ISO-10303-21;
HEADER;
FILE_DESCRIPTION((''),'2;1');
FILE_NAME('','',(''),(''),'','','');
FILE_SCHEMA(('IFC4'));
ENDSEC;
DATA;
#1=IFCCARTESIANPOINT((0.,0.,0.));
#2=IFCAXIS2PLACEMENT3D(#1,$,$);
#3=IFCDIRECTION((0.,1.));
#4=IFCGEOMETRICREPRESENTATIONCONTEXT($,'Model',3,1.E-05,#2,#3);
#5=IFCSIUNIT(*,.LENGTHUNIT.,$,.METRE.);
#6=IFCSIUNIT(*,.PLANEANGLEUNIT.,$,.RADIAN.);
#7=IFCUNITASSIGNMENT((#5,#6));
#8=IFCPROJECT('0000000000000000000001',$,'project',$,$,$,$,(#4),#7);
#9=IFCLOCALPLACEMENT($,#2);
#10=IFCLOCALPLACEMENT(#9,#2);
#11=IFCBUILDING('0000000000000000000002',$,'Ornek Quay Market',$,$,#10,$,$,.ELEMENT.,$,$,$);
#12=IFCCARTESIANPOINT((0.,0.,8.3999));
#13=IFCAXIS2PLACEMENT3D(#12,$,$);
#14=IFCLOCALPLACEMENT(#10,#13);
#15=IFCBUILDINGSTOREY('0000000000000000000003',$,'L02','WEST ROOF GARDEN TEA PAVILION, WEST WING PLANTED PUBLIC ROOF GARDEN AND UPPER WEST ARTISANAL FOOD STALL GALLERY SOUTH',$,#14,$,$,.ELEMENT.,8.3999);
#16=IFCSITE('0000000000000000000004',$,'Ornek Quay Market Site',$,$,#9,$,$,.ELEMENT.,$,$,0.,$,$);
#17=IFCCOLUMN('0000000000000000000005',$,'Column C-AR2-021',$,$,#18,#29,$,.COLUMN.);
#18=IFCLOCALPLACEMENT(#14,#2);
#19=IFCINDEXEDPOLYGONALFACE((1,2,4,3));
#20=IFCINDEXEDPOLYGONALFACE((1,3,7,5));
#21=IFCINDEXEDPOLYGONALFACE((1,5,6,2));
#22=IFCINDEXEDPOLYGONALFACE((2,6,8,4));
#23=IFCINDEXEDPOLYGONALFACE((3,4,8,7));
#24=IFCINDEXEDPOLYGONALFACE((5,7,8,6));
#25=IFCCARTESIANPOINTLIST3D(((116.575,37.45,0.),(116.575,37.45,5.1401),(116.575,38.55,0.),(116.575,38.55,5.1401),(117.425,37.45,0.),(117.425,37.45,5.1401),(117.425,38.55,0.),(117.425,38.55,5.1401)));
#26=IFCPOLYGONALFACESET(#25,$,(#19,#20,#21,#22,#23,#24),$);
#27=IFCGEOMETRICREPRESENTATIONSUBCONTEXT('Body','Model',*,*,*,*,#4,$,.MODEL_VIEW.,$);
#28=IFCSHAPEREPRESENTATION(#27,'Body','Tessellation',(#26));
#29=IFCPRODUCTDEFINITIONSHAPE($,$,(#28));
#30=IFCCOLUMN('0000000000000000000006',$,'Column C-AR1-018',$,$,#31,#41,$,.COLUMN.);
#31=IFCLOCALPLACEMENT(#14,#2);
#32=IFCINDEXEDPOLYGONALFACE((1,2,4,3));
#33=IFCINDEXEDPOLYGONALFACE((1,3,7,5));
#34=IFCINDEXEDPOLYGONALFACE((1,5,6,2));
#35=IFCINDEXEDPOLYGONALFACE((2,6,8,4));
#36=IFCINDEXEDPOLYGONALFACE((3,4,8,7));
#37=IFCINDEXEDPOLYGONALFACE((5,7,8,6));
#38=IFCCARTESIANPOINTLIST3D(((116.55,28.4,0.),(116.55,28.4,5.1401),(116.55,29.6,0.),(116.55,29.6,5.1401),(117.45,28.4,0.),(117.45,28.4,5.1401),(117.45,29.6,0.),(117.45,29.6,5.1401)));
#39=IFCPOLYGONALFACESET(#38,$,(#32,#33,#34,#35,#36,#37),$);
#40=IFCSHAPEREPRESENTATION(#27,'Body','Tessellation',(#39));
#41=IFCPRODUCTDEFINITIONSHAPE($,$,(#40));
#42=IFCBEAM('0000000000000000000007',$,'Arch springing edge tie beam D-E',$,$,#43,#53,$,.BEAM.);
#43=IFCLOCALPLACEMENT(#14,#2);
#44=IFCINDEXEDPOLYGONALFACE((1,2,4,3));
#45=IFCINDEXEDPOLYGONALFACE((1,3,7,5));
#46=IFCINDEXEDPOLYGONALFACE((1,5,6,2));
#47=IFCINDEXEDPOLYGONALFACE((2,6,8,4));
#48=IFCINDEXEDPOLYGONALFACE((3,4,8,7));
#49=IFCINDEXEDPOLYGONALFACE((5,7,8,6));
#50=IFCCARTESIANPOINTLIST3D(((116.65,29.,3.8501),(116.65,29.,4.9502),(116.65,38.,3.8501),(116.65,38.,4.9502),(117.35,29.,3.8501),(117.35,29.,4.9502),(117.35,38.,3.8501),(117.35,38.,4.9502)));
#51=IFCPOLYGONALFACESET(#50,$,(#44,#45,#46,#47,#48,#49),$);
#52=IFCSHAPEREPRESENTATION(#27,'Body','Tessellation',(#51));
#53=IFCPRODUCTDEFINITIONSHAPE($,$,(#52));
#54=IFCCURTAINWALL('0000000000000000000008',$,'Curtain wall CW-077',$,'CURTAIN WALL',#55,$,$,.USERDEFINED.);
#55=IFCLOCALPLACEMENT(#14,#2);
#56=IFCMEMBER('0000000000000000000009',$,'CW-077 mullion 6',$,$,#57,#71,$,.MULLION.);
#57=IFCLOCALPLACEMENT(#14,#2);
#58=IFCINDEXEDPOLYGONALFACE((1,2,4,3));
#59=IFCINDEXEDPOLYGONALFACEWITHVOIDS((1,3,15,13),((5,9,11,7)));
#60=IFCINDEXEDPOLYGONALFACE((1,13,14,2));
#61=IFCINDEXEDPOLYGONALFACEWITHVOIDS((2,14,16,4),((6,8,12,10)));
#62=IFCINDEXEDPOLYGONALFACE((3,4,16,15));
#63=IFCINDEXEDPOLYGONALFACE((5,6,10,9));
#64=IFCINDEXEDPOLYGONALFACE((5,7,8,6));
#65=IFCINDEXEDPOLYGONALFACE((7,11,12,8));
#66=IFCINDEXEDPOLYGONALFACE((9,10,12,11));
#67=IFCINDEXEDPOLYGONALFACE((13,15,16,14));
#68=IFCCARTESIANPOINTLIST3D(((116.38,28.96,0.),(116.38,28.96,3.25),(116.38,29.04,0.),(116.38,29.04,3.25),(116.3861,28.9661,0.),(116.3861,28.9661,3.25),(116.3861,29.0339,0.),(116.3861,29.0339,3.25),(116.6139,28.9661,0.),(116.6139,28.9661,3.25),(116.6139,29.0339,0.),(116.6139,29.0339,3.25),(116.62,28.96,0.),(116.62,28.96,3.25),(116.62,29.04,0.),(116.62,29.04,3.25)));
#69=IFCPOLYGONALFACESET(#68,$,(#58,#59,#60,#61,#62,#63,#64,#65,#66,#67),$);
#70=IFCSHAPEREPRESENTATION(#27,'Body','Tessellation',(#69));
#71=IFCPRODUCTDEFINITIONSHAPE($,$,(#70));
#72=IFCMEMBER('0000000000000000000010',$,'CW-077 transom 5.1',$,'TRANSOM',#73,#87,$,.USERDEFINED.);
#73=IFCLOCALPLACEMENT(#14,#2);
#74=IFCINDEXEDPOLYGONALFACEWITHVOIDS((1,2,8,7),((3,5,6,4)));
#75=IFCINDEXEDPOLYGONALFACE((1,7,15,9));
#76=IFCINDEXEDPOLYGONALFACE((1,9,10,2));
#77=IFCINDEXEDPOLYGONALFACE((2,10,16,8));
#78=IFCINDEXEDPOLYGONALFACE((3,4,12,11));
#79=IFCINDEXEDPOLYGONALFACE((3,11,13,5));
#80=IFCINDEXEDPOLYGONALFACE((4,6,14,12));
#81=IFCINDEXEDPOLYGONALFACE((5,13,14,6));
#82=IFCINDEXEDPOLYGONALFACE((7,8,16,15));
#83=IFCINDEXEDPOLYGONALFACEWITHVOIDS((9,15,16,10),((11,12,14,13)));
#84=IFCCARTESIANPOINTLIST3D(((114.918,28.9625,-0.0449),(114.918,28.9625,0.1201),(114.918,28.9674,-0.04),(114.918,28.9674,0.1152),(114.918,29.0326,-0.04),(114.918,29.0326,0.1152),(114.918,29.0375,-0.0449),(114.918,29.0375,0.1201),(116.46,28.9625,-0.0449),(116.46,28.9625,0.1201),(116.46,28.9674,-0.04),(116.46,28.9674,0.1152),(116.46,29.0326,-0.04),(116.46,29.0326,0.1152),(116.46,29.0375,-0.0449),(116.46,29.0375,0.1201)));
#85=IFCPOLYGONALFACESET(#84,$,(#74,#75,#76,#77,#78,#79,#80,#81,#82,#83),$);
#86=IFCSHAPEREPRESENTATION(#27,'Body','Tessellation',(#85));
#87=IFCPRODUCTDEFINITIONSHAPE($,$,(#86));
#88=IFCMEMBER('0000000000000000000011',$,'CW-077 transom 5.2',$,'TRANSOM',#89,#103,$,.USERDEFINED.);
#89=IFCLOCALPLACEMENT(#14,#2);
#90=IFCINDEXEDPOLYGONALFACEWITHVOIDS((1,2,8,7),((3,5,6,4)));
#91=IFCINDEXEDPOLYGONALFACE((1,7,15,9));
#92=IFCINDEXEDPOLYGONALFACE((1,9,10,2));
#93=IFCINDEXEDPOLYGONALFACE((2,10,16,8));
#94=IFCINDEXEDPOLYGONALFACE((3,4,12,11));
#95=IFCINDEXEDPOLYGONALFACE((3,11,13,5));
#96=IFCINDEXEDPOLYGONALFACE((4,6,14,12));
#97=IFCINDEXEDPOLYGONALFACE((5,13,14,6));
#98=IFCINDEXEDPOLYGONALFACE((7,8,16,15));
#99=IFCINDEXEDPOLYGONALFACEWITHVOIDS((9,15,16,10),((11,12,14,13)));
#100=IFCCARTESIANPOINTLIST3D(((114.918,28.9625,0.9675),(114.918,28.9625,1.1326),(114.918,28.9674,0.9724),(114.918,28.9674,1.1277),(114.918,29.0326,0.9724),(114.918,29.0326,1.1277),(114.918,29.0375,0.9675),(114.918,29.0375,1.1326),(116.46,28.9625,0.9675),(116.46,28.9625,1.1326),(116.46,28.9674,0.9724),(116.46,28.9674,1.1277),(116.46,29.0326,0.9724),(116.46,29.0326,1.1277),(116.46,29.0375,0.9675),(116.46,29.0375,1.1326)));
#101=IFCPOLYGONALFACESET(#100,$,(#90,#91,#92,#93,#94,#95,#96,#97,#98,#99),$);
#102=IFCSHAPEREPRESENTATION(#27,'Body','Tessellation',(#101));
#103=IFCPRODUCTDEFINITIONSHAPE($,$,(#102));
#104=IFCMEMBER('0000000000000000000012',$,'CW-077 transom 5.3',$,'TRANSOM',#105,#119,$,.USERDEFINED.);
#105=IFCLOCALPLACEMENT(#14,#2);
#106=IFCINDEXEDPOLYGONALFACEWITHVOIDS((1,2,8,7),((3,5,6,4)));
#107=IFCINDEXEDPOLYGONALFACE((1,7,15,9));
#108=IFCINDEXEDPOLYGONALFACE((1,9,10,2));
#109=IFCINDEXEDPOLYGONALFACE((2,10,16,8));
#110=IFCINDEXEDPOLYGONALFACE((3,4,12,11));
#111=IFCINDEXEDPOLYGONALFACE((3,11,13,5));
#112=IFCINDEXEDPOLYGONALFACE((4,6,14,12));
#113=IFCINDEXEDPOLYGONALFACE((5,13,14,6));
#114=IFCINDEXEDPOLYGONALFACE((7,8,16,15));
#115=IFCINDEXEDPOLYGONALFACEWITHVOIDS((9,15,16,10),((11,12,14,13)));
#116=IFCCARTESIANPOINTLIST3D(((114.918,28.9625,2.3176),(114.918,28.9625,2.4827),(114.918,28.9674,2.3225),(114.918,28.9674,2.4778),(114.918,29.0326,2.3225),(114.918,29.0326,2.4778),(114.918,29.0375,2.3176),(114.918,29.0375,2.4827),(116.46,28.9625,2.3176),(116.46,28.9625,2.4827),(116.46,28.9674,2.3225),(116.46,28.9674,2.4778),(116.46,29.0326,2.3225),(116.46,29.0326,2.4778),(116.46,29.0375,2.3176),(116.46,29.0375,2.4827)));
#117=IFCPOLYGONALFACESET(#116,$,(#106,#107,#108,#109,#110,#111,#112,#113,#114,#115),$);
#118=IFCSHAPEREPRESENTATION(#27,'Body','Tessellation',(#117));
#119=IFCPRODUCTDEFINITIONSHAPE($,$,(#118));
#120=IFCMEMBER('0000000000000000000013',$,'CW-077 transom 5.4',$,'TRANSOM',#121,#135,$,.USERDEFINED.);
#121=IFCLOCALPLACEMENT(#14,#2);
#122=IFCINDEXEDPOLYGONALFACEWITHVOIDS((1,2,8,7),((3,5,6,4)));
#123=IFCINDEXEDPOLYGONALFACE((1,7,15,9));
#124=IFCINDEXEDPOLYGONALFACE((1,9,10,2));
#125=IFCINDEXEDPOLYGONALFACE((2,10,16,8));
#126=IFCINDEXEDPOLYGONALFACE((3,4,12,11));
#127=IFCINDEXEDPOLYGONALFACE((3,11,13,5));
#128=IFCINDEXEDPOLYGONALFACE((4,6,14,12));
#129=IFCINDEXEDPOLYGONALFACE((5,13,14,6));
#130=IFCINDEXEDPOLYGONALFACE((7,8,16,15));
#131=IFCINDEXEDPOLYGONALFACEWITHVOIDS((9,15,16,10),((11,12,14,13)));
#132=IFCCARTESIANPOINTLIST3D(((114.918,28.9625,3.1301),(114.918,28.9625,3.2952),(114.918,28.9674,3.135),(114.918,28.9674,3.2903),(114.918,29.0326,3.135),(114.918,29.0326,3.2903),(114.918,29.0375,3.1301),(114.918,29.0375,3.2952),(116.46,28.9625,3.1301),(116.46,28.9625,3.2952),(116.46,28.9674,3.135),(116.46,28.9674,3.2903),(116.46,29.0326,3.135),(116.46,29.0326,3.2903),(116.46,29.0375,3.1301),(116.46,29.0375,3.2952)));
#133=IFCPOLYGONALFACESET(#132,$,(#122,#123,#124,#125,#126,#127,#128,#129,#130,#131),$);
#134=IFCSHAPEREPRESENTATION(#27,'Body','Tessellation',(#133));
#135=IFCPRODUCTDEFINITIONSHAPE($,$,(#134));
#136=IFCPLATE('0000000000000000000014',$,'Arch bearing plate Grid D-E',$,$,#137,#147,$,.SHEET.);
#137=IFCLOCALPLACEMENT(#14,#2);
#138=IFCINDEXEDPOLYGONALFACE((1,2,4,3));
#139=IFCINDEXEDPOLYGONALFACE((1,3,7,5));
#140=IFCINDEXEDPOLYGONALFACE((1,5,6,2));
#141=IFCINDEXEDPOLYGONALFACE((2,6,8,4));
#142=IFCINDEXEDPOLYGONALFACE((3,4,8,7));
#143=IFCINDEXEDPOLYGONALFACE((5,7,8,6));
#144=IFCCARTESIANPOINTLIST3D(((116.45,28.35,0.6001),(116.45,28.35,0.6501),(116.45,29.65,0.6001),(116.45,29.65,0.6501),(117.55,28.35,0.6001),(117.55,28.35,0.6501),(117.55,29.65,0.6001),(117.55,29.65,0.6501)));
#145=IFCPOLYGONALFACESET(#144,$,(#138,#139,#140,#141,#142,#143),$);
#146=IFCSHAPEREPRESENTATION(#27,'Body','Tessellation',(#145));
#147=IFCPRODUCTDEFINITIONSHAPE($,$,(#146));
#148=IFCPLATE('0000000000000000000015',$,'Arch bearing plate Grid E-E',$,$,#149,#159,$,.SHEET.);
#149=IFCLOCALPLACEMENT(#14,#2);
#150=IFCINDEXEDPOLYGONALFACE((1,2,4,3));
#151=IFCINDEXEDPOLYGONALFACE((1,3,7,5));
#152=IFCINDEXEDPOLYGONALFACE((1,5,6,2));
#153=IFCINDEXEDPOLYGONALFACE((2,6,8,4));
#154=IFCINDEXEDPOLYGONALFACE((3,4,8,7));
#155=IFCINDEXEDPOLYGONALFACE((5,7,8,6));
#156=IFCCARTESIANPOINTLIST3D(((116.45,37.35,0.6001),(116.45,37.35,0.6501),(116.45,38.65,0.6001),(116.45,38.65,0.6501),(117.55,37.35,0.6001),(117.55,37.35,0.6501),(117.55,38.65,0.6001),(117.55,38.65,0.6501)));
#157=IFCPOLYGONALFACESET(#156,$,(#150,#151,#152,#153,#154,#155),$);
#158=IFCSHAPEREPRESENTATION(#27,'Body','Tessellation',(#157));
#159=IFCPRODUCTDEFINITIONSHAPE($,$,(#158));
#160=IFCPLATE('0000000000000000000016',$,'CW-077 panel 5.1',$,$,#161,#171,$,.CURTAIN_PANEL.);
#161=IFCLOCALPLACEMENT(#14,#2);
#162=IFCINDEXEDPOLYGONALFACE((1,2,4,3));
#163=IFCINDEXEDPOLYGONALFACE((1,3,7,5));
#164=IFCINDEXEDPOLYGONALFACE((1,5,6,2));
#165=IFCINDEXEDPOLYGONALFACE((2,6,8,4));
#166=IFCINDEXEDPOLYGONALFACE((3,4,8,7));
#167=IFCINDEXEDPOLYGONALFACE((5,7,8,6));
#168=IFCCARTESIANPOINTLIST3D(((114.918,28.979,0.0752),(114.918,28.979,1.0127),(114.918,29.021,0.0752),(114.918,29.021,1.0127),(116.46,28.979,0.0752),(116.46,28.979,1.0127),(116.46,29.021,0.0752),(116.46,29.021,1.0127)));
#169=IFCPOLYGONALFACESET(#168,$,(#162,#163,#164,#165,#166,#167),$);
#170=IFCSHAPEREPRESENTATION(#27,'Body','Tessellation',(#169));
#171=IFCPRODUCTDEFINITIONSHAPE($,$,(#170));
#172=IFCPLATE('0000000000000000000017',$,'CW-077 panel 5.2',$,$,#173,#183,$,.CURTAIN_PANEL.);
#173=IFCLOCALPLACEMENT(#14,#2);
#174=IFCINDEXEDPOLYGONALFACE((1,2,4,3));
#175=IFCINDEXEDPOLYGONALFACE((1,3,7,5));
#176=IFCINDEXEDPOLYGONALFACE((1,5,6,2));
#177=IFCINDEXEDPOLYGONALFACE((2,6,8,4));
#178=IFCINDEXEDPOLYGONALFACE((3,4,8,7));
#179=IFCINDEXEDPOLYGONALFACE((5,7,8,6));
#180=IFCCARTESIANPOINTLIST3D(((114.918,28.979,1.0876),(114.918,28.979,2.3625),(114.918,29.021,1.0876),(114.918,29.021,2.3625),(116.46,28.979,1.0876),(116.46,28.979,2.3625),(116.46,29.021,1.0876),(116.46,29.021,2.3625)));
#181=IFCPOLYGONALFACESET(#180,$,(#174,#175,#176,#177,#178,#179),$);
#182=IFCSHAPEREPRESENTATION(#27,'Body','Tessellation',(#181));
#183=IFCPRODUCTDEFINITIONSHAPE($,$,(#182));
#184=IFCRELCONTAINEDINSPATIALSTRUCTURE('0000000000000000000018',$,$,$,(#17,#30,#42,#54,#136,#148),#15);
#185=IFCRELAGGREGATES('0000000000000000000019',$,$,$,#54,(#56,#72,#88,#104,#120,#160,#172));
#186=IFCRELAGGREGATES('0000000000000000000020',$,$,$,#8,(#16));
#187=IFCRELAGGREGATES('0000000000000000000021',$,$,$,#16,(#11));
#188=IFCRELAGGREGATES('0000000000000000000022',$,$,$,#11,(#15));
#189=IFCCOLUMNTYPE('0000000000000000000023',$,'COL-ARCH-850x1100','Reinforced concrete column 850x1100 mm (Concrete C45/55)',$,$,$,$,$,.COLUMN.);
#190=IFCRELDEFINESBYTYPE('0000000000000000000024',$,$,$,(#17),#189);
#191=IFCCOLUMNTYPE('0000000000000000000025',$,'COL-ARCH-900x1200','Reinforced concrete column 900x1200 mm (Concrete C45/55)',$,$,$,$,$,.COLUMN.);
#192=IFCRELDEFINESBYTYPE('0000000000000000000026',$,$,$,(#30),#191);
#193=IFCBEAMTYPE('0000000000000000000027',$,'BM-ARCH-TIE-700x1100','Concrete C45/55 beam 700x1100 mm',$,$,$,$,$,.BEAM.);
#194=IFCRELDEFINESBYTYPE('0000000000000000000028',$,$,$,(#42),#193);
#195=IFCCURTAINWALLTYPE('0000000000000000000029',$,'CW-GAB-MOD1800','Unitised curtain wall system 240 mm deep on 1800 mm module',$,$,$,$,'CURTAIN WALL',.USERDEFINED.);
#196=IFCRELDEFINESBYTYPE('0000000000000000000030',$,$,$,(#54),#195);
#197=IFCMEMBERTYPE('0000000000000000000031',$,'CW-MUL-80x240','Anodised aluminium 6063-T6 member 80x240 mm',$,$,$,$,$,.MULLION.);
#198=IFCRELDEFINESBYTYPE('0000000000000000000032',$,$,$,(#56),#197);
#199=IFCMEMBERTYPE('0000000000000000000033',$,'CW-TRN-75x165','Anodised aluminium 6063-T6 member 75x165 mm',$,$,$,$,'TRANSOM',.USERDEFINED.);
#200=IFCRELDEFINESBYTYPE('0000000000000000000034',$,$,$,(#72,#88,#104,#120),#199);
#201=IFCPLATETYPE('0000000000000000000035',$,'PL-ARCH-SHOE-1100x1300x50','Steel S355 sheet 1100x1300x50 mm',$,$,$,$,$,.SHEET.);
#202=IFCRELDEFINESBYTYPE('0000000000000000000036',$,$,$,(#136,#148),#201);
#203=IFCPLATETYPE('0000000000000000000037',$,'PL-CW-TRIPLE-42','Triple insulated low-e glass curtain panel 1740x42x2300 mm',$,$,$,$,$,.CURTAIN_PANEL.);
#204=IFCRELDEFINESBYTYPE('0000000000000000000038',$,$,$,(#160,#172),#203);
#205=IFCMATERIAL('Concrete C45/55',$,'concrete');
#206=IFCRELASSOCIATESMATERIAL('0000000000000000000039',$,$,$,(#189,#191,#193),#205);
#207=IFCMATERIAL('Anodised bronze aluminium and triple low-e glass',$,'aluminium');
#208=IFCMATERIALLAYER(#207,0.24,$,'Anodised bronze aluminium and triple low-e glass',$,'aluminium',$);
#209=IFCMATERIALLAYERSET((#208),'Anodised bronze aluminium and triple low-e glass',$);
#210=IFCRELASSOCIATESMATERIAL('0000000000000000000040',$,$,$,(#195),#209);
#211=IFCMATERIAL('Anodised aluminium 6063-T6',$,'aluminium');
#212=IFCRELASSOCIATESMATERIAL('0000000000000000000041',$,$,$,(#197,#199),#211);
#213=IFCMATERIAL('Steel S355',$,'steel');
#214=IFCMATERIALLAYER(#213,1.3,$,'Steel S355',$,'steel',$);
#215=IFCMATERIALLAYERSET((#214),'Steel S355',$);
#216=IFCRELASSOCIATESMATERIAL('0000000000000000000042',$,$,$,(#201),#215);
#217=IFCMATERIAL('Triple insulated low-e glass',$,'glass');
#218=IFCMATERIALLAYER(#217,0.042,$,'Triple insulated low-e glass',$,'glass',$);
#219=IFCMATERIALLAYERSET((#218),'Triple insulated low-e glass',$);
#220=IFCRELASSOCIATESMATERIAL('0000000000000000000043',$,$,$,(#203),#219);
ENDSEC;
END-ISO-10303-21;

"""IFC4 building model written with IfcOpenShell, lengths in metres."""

from ifc_helpers import new_model, si_unit, direction, frame, origin, origin_2d, place, context, subcontext, project, spatial, rectangle, hollow_rectangle, extrude, material, layer, layer_set, material_profile, profile_set, type_object, element, aggregate, save


model = new_model("IFC4")

# Units and contexts
model_context = context("Model", 3, precision=1e-05, world=origin(), true_north=direction((0.0, 1.0)))
body_context = subcontext(model_context, "Body", "Model", "MODEL_VIEW")
ifc_project = project(units=[si_unit("LENGTHUNIT", "METRE"), si_unit("PLANEANGLEUNIT", "RADIAN")], contexts=[model_context])

# Site, building, storey
site_placement = place(None, origin())
site = spatial("IfcSite", under=ifc_project, at=site_placement, Name="Ornek Quay Market Site", CompositionType="ELEMENT", RefElevation=0.0)
building_placement = place(site_placement, origin())
building = spatial("IfcBuilding", under=site, at=building_placement, Name="Ornek Quay Market", CompositionType="ELEMENT")
storey_placement = place(building_placement, frame((0.0, 0.0, 8.3999)))
storey = spatial("IfcBuildingStorey", under=building, at=storey_placement, Name="L02", Description="WEST ROOF GARDEN TEA PAVILION, WEST WING PLANTED PUBLIC ROOF GARDEN AND UPPER WEST ARTISANAL FOOD STALL GALLERY SOUTH", CompositionType="ELEMENT", Elevation=8.3999)

# Columns
ifc_material_1 = material(Name="Concrete C45/55", Category="concrete")
ifc_material_profile_1 = material_profile(ifc_material_1, rectangle(XDim=0.8501, YDim=1.1001, at=origin_2d()), Name="RC 850x1100", Category="concrete")
ifc_profile_set_1 = profile_set([ifc_material_profile_1], Name="Concrete C45/55")
column_type_1 = type_object("IfcColumnType", Name="COL-ARCH-850x1100", Description="Reinforced concrete column 850x1100 mm (Concrete C45/55)", PredefinedType="COLUMN", material=ifc_profile_set_1)
column_1_placement = place(storey_placement, frame((117.0, 38.0, 0.0), z_axis=(0.0, 0.0, 1.0), x_axis=(1.0, 0.0, 0.0)))
element("IfcColumn", 1, at=column_1_placement, inside=storey, type_object=column_type_1, Name="Column C-AR2-021", PredefinedType="COLUMN", context=body_context, shape_type="SweptSolid", body=[
    extrude(rectangle(XDim=0.8501, YDim=1.1001, at=origin_2d()), origin(), (0.0, 0.0, 1.0), 5.1401),
])
ifc_material_profile_2 = material_profile(ifc_material_1, rectangle(XDim=0.8999, YDim=1.2, at=origin_2d()), Name="RC 900x1200", Category="concrete")
ifc_profile_set_2 = profile_set([ifc_material_profile_2], Name="Concrete C45/55")
column_type_2 = type_object("IfcColumnType", Name="COL-ARCH-900x1200", Description="Reinforced concrete column 900x1200 mm (Concrete C45/55)", PredefinedType="COLUMN", material=ifc_profile_set_2)
column_2_placement = place(storey_placement, frame((117.0, 29.0, 0.0), z_axis=(0.0, 0.0, 1.0), x_axis=(1.0, 0.0, 0.0)))
element("IfcColumn", 2, at=column_2_placement, inside=storey, type_object=column_type_2, Name="Column C-AR1-018", PredefinedType="COLUMN", context=body_context, shape_type="SweptSolid", body=[
    extrude(rectangle(XDim=0.8999, YDim=1.2, at=origin_2d()), origin(), (0.0, 0.0, 1.0), 5.1401),
])

# Beam
ifc_material_profile_3 = material_profile(ifc_material_1, rectangle(XDim=0.7, YDim=1.1001, at=origin_2d()), Name="RC 700x1100", Category="concrete")
ifc_profile_set_3 = profile_set([ifc_material_profile_3], Name="Concrete C45/55")
beam_type = type_object("IfcBeamType", Name="BM-ARCH-TIE-700x1100", Description="Concrete C45/55 beam 700x1100 mm", PredefinedType="BEAM", material=ifc_profile_set_3)
beam_placement = place(storey_placement, frame((117.0, 29.0, 4.4001), z_axis=(0.0, 1.0, 0.0), x_axis=(-1.0, 0.0, 0.0)))
element("IfcBeam", 3, at=beam_placement, inside=storey, type_object=beam_type, Name="Arch springing edge tie beam D-E", PredefinedType="BEAM", context=body_context, shape_type="SweptSolid", body=[
    extrude(rectangle(XDim=0.7, YDim=1.1001, at=origin_2d()), origin(), (0.0, 0.0, 1.0), 9.0),
])

# Curtain wall, members
ifc_material_2 = material(Name="Anodised bronze aluminium and triple low-e glass", Category="aluminium")
ifc_layer_1 = layer(ifc_material_2, 0.24, Name="Anodised bronze aluminium and triple low-e glass", Category="aluminium")
ifc_layer_set_1 = layer_set([ifc_layer_1], Name="Anodised bronze aluminium and triple low-e glass")
curtain_wall_type = type_object("IfcCurtainWallType", Name="CW-GAB-MOD1800", Description="Unitised curtain wall system 240 mm deep on 1800 mm module", ElementType="CURTAIN WALL", PredefinedType="USERDEFINED", material=ifc_layer_set_1)
curtain_wall_placement = place(storey_placement, origin())
curtain_wall = element("IfcCurtainWall", 4, at=curtain_wall_placement, inside=storey, type_object=curtain_wall_type, Name="Curtain wall CW-077", ObjectType="CURTAIN WALL", PredefinedType="USERDEFINED")
ifc_material_3 = material(Name="Anodised aluminium 6063-T6", Category="aluminium")
ifc_material_profile_4 = material_profile(ifc_material_3, hollow_rectangle(XDim=0.0801, YDim=0.24, WallThickness=0.0061, at=origin_2d()), Name="CW-MUL-80x240", Category="aluminium")
ifc_profile_set_4 = profile_set([ifc_material_profile_4], Name="Anodised aluminium 6063-T6")
member_type_1 = type_object("IfcMemberType", Name="CW-MUL-80x240", Description="Anodised aluminium 6063-T6 member 80x240 mm", PredefinedType="MULLION", material=ifc_profile_set_4)
member_1_placement = place(storey_placement, frame((116.5, 29.0, 0.0), z_axis=(0.0, 0.0, 1.0), x_axis=(0.0, 1.0, 0.0)))
member_1 = element("IfcMember", 5, at=member_1_placement, type_object=member_type_1, Name="CW-077 mullion 6", PredefinedType="MULLION", context=body_context, shape_type="SweptSolid", body=[
    extrude(hollow_rectangle(XDim=0.0801, YDim=0.24, WallThickness=0.0061, at=origin_2d()), origin(), (0.0, 0.0, 1.0), 3.25),
])
ifc_material_profile_5 = material_profile(ifc_material_3, hollow_rectangle(XDim=0.075, YDim=0.165, WallThickness=0.0049, at=origin_2d()), Name="CW-TRN-75x165", Category="aluminium")
ifc_profile_set_5 = profile_set([ifc_material_profile_5], Name="Anodised aluminium 6063-T6")
member_type_2 = type_object("IfcMemberType", Name="CW-TRN-75x165", Description="Anodised aluminium 6063-T6 member 75x165 mm", ElementType="TRANSOM", PredefinedType="USERDEFINED", material=ifc_profile_set_5)
member_2_placement = place(storey_placement, frame((114.918, 29.0, 0.0376), z_axis=(1.0, 0.0, 0.0), x_axis=(0.0, 1.0, 0.0)))
member_2 = element("IfcMember", 6, at=member_2_placement, type_object=member_type_2, Name="CW-077 transom 5.1", ObjectType="TRANSOM", PredefinedType="USERDEFINED", context=body_context, shape_type="SweptSolid", body=[
    extrude(hollow_rectangle(XDim=0.075, YDim=0.165, WallThickness=0.0049, at=origin_2d()), origin(), (0.0, 0.0, 1.0), 1.542),
])
member_3_placement = place(storey_placement, frame((114.918, 29.0, 1.05), z_axis=(1.0, 0.0, 0.0), x_axis=(0.0, 1.0, 0.0)))
member_3 = element("IfcMember", 7, at=member_3_placement, type_object=member_type_2, Name="CW-077 transom 5.2", ObjectType="TRANSOM", PredefinedType="USERDEFINED", context=body_context, shape_type="SweptSolid", body=[
    extrude(hollow_rectangle(XDim=0.075, YDim=0.165, WallThickness=0.0049, at=origin_2d()), origin(), (0.0, 0.0, 1.0), 1.542),
])
member_4_placement = place(storey_placement, frame((114.918, 29.0, 2.4001), z_axis=(1.0, 0.0, 0.0), x_axis=(0.0, 1.0, 0.0)))
member_4 = element("IfcMember", 8, at=member_4_placement, type_object=member_type_2, Name="CW-077 transom 5.3", ObjectType="TRANSOM", PredefinedType="USERDEFINED", context=body_context, shape_type="SweptSolid", body=[
    extrude(hollow_rectangle(XDim=0.075, YDim=0.165, WallThickness=0.0049, at=origin_2d()), origin(), (0.0, 0.0, 1.0), 1.542),
])
member_5_placement = place(storey_placement, frame((114.918, 29.0, 3.2126), z_axis=(1.0, 0.0, 0.0), x_axis=(0.0, 1.0, 0.0)))
member_5 = element("IfcMember", 9, at=member_5_placement, type_object=member_type_2, Name="CW-077 transom 5.4", ObjectType="TRANSOM", PredefinedType="USERDEFINED", context=body_context, shape_type="SweptSolid", body=[
    extrude(hollow_rectangle(XDim=0.075, YDim=0.165, WallThickness=0.0049, at=origin_2d()), origin(), (0.0, 0.0, 1.0), 1.542),
])

# Plates
ifc_material_4 = material(Name="Steel S355", Category="steel")
ifc_layer_2 = layer(ifc_material_4, 1.3, Name="Steel S355", Category="steel")
ifc_layer_set_2 = layer_set([ifc_layer_2], Name="Steel S355")
plate_type_1 = type_object("IfcPlateType", Name="PL-ARCH-SHOE-1100x1300x50", Description="Steel S355 sheet 1100x1300x50 mm", PredefinedType="SHEET", material=ifc_layer_set_2)
for number, where, z_axis, x_axis, name in (
    (10, (117.0, 29.0, 0.6001), (0.0, 0.0, 1.0), (1.0, 0.0, 0.0), "Arch bearing plate Grid D-E"),
    (11, (117.0, 38.0, 0.6001), (0.0, 0.0, 1.0), (1.0, 0.0, 0.0), "Arch bearing plate Grid E-E"),
):
    element("IfcPlate", number, at=place(storey_placement, frame(where, z_axis=z_axis, x_axis=x_axis)), inside=storey, type_object=plate_type_1, Name=name, PredefinedType="SHEET", context=body_context, shape_type="SweptSolid", body=[
        extrude(rectangle(XDim=1.1001, YDim=1.3, at=origin_2d()), origin(), (0.0, 0.0, 1.0), 0.05),
    ])

# Plates
ifc_material_5 = material(Name="Triple insulated low-e glass", Category="glass")
ifc_layer_3 = layer(ifc_material_5, 0.042, Name="Triple insulated low-e glass", Category="glass")
ifc_layer_set_3 = layer_set([ifc_layer_3], Name="Triple insulated low-e glass")
plate_type_2 = type_object("IfcPlateType", Name="PL-CW-TRIPLE-42", Description="Triple insulated low-e glass curtain panel 1740x42x2300 mm", PredefinedType="CURTAIN_PANEL", material=ifc_layer_set_3)
plate_1_placement = place(storey_placement, frame((115.689, 29.0, 0.0752), z_axis=(0.0, 0.0, 1.0), x_axis=(1.0, 0.0, 0.0)))
plate_1 = element("IfcPlate", 12, at=plate_1_placement, type_object=plate_type_2, Name="CW-077 panel 5.1", PredefinedType="CURTAIN_PANEL", context=body_context, shape_type="SweptSolid", body=[
    extrude(rectangle(XDim=1.542, YDim=0.042, at=origin_2d()), origin(), (0.0, 0.0, 1.0), 0.9375),
])
plate_2_placement = place(storey_placement, frame((115.689, 29.0, 1.0876), z_axis=(0.0, 0.0, 1.0), x_axis=(1.0, 0.0, 0.0)))
plate_2 = element("IfcPlate", 13, at=plate_2_placement, type_object=plate_type_2, Name="CW-077 panel 5.2", PredefinedType="CURTAIN_PANEL", context=body_context, shape_type="SweptSolid", body=[
    extrude(rectangle(XDim=1.542, YDim=0.042, at=origin_2d()), origin(), (0.0, 0.0, 1.0), 1.2749),
])
aggregate(curtain_wall, [member_1, member_2, member_3, member_4, member_5, plate_1, plate_2])

save(model, "model.ifc")
